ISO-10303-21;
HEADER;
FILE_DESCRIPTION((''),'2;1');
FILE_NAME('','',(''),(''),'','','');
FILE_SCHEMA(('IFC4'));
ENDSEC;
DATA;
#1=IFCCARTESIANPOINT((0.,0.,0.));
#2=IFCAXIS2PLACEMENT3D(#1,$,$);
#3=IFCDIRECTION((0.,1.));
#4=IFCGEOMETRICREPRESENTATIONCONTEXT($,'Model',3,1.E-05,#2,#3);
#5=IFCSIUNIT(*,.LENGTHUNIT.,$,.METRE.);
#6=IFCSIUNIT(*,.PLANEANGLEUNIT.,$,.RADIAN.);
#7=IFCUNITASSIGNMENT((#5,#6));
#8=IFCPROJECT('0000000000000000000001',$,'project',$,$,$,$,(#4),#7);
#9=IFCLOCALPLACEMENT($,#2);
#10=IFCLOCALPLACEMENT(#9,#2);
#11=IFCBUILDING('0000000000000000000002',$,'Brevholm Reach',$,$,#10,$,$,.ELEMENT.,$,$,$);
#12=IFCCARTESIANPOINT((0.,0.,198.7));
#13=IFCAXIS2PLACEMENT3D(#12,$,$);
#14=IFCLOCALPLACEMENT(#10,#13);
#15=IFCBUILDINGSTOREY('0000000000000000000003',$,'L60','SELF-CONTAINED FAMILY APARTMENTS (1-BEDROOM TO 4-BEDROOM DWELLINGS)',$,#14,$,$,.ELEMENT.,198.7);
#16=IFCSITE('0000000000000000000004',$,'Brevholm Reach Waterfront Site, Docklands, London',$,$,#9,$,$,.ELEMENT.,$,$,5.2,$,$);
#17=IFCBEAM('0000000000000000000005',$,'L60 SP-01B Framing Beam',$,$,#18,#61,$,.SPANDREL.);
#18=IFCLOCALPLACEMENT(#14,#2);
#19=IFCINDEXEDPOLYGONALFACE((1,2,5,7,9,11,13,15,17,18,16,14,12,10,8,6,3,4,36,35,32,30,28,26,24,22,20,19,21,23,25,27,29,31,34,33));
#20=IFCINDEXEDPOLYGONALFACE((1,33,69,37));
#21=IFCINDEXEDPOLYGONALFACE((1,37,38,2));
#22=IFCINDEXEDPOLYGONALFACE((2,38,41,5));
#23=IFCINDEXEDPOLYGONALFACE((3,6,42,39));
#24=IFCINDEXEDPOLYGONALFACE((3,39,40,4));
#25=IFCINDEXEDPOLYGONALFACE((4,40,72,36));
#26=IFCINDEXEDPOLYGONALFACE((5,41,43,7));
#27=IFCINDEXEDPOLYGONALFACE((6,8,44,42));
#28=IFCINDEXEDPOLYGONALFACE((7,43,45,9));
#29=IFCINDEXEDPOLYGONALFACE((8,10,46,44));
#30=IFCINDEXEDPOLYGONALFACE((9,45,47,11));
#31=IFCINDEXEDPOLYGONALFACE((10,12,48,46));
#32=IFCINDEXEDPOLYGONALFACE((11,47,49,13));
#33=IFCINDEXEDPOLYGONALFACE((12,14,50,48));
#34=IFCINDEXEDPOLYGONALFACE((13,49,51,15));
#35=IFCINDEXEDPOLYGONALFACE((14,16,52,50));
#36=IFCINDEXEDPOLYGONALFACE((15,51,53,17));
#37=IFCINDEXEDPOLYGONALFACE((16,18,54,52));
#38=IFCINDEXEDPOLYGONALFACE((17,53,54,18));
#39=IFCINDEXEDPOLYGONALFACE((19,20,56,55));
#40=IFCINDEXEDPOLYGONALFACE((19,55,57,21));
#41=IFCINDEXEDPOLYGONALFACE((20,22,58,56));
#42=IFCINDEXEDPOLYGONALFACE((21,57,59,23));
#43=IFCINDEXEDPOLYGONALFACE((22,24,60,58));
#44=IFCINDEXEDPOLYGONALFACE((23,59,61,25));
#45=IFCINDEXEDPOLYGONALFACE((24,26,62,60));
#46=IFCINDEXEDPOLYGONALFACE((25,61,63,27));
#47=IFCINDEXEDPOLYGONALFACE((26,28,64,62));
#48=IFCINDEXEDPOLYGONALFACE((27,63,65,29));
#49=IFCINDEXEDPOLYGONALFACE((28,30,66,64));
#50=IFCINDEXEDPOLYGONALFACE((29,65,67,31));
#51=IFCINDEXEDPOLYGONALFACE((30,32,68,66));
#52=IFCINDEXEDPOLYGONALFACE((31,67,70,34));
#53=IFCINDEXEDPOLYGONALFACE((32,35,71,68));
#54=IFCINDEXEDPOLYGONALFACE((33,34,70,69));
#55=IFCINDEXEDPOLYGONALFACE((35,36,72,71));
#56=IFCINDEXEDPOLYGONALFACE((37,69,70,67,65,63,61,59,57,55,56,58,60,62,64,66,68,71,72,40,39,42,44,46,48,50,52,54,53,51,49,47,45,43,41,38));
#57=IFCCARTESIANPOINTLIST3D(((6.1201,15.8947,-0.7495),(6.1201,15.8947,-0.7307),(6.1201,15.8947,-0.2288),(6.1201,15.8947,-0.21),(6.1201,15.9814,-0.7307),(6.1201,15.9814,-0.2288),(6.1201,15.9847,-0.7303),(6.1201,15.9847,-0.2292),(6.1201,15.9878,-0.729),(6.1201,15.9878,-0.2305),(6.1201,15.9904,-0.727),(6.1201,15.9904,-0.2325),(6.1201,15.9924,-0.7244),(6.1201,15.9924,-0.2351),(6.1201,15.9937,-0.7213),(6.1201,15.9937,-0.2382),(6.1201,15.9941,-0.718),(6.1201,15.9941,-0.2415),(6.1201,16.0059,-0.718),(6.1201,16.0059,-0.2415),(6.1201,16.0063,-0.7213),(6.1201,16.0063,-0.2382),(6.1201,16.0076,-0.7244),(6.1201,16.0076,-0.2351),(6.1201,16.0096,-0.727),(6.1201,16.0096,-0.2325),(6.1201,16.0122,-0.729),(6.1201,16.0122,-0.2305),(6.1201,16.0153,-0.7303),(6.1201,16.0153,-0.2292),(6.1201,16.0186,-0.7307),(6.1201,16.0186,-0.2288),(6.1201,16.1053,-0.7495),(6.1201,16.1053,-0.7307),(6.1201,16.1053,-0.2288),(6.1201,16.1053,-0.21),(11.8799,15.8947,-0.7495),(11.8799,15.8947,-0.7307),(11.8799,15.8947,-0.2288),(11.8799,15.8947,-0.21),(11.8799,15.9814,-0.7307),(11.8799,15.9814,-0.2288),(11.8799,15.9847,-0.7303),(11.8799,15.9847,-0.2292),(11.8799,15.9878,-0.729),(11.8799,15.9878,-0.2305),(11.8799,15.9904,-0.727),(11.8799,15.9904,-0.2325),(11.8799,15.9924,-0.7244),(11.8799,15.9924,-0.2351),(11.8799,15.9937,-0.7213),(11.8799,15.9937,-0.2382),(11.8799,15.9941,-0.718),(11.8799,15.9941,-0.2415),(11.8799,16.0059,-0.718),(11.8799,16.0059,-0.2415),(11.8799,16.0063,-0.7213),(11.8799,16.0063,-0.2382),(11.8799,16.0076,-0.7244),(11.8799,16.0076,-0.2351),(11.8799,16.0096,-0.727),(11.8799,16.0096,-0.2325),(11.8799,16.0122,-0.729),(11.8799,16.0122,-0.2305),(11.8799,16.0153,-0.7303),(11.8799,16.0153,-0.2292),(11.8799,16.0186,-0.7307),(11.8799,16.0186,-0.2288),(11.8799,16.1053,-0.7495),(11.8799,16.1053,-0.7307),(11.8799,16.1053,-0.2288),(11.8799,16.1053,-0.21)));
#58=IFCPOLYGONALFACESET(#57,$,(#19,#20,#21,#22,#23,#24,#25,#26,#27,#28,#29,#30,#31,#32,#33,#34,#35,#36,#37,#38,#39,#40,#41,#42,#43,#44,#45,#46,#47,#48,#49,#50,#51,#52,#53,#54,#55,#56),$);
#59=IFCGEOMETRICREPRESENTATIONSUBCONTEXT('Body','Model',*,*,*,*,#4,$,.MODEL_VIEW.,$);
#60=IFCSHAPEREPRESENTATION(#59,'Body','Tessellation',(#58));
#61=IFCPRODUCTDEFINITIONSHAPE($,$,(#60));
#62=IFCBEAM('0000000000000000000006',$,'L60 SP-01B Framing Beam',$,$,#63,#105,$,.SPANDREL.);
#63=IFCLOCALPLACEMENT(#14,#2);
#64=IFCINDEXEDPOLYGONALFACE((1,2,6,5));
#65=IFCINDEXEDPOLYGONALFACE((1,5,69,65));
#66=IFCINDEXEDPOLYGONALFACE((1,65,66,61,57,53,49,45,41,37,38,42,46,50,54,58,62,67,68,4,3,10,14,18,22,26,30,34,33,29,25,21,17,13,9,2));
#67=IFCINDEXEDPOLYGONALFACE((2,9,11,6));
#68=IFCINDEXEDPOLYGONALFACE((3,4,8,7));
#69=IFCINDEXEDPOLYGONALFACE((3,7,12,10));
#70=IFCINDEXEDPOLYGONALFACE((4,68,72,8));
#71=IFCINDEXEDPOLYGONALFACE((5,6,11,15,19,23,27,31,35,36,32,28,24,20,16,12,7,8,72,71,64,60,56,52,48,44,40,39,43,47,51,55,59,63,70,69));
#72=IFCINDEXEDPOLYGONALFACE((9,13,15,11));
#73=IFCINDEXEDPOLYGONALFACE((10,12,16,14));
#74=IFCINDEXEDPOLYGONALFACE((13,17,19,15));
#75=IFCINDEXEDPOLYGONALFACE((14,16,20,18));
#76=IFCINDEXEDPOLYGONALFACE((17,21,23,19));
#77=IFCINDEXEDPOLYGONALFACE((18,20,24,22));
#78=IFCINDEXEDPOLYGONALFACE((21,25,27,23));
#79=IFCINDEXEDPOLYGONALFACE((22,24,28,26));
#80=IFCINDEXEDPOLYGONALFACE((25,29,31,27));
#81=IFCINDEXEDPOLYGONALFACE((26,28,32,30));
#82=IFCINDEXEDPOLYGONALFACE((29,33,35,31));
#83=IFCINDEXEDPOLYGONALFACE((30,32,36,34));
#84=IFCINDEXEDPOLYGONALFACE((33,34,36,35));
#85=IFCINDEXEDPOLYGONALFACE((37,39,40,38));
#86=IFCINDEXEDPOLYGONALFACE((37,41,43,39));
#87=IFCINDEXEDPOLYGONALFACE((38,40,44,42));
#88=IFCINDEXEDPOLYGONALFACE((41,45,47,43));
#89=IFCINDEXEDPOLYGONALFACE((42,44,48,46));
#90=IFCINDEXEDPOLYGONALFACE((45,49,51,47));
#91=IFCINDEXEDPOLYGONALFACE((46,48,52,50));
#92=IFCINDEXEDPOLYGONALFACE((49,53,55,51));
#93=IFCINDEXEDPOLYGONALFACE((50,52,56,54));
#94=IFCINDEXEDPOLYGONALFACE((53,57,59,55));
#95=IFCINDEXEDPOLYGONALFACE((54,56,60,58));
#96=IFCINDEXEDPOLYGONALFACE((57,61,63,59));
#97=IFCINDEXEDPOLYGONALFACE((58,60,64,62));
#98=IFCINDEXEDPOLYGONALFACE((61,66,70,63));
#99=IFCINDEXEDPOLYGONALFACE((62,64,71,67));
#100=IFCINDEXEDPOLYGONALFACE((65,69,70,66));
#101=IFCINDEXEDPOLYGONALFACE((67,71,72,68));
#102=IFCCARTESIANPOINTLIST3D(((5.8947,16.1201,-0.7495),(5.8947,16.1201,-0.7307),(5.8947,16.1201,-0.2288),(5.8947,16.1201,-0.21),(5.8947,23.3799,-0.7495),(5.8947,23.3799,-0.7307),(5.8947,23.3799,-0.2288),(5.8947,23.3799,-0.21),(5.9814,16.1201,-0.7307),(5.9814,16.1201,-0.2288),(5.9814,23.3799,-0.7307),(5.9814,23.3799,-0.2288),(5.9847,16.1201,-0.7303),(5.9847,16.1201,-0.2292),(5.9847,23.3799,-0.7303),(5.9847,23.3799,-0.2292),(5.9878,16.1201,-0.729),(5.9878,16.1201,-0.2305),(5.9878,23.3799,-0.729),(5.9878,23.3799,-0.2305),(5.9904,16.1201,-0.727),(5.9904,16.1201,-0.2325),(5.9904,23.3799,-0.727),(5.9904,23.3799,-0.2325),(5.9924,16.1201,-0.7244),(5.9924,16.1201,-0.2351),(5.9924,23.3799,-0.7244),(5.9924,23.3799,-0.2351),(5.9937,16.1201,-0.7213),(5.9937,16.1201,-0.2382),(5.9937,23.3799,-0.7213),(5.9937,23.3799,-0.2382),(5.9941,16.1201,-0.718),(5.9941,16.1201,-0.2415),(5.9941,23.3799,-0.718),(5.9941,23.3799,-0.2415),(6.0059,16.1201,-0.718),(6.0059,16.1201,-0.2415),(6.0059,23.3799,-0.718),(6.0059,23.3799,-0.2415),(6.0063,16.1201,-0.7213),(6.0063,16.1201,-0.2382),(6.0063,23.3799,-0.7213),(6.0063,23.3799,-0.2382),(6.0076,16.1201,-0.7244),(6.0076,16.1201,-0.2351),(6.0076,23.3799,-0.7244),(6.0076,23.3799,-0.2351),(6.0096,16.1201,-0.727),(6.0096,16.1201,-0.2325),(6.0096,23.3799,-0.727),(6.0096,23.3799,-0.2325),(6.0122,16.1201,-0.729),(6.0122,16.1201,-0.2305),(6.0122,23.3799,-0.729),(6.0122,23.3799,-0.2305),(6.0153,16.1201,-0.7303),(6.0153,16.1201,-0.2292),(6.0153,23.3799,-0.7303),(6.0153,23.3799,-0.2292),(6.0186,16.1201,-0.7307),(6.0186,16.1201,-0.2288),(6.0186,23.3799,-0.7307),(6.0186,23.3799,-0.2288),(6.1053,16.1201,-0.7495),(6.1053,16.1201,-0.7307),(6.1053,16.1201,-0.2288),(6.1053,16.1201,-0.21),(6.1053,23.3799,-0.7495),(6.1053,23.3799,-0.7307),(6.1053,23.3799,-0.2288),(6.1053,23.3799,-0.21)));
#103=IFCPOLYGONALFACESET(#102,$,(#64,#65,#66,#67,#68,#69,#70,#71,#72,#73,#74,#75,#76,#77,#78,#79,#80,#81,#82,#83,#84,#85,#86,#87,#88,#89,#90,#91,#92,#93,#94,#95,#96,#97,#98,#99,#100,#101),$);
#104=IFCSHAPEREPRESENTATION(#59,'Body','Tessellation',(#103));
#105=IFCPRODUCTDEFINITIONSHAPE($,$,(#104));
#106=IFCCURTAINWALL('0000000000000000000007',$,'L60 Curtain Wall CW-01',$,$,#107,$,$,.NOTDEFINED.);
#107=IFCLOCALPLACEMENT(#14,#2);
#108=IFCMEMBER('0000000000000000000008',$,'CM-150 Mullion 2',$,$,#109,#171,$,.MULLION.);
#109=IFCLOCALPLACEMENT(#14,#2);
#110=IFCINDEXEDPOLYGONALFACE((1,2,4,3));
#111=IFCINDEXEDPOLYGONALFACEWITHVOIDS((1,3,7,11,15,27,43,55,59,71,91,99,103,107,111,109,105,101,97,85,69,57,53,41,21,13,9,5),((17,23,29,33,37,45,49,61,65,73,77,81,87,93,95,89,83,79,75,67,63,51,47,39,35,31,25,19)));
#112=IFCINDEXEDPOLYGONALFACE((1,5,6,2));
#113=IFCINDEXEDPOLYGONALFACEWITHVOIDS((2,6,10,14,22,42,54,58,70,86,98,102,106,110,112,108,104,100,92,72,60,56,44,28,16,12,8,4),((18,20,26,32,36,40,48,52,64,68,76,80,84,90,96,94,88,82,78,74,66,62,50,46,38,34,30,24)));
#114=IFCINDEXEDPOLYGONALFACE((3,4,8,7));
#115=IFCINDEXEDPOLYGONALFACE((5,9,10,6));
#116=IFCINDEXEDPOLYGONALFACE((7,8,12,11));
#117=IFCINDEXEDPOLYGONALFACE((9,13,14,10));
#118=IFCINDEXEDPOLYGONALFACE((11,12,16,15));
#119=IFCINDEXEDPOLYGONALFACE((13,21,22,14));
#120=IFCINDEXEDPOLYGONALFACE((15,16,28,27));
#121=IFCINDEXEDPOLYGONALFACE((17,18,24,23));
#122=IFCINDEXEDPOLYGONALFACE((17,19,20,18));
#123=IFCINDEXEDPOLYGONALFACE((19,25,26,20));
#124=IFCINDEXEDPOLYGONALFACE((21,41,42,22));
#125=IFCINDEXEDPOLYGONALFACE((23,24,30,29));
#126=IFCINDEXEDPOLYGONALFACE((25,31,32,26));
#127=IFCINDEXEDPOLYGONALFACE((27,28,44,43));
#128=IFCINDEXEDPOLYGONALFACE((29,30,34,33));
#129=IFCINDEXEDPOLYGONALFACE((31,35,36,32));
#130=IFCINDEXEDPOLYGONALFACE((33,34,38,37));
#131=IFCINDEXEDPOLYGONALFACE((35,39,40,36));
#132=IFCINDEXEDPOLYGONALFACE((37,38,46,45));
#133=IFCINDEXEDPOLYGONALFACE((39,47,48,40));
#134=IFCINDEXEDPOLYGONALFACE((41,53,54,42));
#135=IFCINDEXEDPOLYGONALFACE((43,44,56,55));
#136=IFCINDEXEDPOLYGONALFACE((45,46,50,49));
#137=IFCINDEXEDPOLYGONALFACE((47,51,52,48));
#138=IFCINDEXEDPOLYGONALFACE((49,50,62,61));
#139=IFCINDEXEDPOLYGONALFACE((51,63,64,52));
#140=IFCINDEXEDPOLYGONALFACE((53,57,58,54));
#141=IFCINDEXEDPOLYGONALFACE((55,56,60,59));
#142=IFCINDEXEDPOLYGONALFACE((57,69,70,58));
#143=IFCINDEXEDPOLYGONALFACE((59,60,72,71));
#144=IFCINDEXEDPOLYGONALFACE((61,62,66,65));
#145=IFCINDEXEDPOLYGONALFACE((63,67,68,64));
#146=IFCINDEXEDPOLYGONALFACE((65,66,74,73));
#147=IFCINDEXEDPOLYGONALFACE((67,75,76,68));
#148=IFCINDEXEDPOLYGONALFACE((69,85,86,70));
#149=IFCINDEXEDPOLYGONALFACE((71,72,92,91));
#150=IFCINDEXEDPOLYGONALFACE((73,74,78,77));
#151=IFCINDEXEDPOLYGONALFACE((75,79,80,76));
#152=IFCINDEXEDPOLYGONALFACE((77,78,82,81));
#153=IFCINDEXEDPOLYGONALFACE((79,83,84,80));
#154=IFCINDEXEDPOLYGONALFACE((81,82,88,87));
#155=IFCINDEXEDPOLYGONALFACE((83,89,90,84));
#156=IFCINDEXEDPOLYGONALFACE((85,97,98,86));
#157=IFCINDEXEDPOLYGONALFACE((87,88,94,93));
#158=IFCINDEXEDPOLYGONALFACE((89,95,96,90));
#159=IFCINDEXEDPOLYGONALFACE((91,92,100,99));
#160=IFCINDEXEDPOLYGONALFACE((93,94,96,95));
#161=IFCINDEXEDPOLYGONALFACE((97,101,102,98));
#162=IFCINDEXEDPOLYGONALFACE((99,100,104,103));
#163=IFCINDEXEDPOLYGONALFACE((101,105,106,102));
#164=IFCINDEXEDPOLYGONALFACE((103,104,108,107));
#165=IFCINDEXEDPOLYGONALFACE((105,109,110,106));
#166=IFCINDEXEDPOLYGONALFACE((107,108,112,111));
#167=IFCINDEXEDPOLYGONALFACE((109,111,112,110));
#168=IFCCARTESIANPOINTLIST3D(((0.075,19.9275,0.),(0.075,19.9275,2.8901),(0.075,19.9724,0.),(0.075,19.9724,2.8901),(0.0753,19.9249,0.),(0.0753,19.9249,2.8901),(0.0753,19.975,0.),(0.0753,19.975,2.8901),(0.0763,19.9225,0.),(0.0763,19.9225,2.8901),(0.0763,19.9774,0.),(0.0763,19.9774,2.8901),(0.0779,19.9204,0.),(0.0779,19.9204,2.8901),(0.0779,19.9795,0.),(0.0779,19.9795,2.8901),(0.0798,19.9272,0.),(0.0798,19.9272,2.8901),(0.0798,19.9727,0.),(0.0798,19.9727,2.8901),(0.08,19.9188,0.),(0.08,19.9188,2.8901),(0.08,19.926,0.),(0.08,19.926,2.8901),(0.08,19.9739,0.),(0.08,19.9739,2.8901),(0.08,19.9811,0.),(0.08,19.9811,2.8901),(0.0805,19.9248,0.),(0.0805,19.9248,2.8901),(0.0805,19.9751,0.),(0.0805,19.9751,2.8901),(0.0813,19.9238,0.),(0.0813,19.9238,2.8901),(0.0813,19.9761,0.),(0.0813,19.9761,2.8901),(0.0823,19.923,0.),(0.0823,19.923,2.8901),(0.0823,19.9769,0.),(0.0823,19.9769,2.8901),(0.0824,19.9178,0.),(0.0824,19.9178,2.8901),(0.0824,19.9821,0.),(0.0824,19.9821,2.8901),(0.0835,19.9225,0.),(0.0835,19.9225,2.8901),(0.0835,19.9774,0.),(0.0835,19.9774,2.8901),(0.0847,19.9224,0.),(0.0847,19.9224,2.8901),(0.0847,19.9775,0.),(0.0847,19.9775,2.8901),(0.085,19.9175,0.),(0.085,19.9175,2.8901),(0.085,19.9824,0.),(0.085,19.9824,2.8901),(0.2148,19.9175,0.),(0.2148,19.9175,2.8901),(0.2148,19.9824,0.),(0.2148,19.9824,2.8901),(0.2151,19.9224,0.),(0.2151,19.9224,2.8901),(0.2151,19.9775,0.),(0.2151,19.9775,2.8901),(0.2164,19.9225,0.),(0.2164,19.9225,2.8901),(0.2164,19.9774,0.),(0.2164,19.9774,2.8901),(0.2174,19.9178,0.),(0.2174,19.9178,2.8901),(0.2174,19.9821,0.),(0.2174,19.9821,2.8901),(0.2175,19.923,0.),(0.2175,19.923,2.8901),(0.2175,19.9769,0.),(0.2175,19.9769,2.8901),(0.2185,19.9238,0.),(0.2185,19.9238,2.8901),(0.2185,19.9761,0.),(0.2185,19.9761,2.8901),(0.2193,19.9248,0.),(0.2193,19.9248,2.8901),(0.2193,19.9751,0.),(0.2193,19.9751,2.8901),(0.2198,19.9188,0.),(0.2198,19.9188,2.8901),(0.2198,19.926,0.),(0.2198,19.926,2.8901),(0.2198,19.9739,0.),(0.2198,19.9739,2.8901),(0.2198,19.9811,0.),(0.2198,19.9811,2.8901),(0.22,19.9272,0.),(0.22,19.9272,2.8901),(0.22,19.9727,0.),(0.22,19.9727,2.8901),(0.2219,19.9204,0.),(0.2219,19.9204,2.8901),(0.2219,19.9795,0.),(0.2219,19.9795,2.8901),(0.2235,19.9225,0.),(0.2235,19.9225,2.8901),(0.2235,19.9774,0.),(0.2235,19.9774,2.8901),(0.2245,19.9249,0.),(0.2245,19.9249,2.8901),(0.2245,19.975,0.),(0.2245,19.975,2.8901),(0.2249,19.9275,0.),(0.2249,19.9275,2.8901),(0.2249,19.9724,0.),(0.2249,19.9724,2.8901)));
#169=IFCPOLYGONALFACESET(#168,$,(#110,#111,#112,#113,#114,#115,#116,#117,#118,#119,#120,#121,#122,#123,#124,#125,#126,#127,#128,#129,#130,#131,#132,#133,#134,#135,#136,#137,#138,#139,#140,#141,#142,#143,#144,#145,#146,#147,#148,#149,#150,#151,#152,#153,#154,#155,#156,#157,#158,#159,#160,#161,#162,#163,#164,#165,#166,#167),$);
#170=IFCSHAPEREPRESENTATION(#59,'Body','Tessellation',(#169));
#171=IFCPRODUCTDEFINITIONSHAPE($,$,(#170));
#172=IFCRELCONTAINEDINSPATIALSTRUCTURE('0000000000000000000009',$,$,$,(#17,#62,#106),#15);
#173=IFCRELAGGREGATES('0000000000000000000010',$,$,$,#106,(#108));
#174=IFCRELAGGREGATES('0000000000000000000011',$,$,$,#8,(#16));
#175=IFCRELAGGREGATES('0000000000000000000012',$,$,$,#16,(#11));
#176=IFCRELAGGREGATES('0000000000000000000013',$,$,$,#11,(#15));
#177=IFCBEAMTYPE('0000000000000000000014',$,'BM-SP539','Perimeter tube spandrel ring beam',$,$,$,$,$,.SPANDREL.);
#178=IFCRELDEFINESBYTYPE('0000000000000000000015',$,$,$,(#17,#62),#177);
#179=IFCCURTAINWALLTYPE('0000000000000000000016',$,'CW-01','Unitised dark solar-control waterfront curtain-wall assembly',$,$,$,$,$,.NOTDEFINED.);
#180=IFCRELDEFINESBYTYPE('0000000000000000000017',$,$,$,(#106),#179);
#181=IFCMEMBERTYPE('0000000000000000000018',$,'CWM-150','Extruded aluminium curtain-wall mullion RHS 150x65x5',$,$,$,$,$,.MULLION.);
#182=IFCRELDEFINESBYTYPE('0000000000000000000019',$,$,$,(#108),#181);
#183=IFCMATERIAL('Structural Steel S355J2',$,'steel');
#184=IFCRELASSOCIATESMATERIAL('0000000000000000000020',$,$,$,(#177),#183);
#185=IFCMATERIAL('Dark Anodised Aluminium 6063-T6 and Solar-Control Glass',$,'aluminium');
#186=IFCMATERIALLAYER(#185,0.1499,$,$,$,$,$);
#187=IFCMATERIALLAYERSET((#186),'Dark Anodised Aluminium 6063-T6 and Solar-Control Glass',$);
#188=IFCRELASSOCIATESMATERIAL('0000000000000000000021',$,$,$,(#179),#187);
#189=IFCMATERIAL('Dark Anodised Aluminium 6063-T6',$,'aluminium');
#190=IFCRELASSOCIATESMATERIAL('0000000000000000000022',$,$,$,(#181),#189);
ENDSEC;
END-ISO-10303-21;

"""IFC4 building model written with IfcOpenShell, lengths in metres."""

from ifc_helpers import new_model, si_unit, direction, frame, origin, origin_2d, place, context, subcontext, project, spatial, hollow_rectangle, i_section, extrude, material, layer, layer_set, material_profile, profile_set, type_object, element, aggregate, save


model = new_model("IFC4")

# Units and contexts
model_context = context("Model", 3, precision=1e-05, world=origin(), true_north=direction((0.0, 1.0)))
body_context = subcontext(model_context, "Body", "Model", "MODEL_VIEW")
ifc_project = project(units=[si_unit("LENGTHUNIT", "METRE"), si_unit("PLANEANGLEUNIT", "RADIAN")], contexts=[model_context])

# Site, building, storey
site_placement = place(None, origin())
site = spatial("IfcSite", under=ifc_project, at=site_placement, Name="Brevholm Reach Waterfront Site, Docklands, London", CompositionType="ELEMENT", RefElevation=5.2)
building_placement = place(site_placement, origin())
building = spatial("IfcBuilding", under=site, at=building_placement, Name="Brevholm Reach", CompositionType="ELEMENT")
storey_placement = place(building_placement, frame((0.0, 0.0, 198.7)))
storey = spatial("IfcBuildingStorey", under=building, at=storey_placement, Name="L60", Description="SELF-CONTAINED FAMILY APARTMENTS (1-BEDROOM TO 4-BEDROOM DWELLINGS)", CompositionType="ELEMENT", Elevation=198.7)

# Beams
ifc_material_1 = material(Name="Structural Steel S355J2", Category="steel")
ifc_material_profile_1 = material_profile(ifc_material_1, i_section(OverallWidth=0.2107, OverallDepth=0.5396, WebThickness=0.0117, FlangeThickness=0.0188, FilletRadius=0.0127, at=origin_2d()), Name="UKB 533x210x109")
ifc_profile_set_1 = profile_set([ifc_material_profile_1], Name="Structural Steel S355J2")
beam_type_1 = type_object("IfcBeamType", Name="BM-SP539", Description="Perimeter tube spandrel ring beam", PredefinedType="SPANDREL", material=ifc_profile_set_1)
beam_1_placement = place(storey_placement, frame((6.1201, 16.0, -0.4797), z_axis=(1.0, 0.0, 0.0), x_axis=(0.0, 1.0, 0.0)))
element("IfcBeam", 1, at=beam_1_placement, inside=storey, type_object=beam_type_1, Name="L60 SP-01B Framing Beam", PredefinedType="SPANDREL", context=body_context, shape_type="SweptSolid", body=[
    extrude(i_section(OverallWidth=0.2107, OverallDepth=0.5396, WebThickness=0.0117, FlangeThickness=0.0188, FilletRadius=0.0127, at=origin_2d()), origin(), (0.0, 0.0, 1.0), 5.7598),
])
beam_2_placement = place(storey_placement, frame((6.0, 16.1201, -0.4797), z_axis=(0.0, 1.0, 0.0), x_axis=(-1.0, 0.0, 0.0)))
element("IfcBeam", 2, at=beam_2_placement, inside=storey, type_object=beam_type_1, Name="L60 SP-01B Framing Beam", PredefinedType="SPANDREL", context=body_context, shape_type="SweptSolid", body=[
    extrude(i_section(OverallWidth=0.2107, OverallDepth=0.5396, WebThickness=0.0117, FlangeThickness=0.0188, FilletRadius=0.0127, at=origin_2d()), origin(), (0.0, 0.0, 1.0), 7.2598),
])

# Curtain wall, member
ifc_material_2 = material(Name="Dark Anodised Aluminium 6063-T6 and Solar-Control Glass", Category="aluminium")
ifc_layer_1 = layer(ifc_material_2, 0.1499)
ifc_layer_set_1 = layer_set([ifc_layer_1], Name="Dark Anodised Aluminium 6063-T6 and Solar-Control Glass")
curtain_wall_type = type_object("IfcCurtainWallType", Name="CW-01", Description="Unitised dark solar-control waterfront curtain-wall assembly", PredefinedType="NOTDEFINED", material=ifc_layer_set_1)
curtain_wall_placement = place(storey_placement, origin())
curtain_wall = element("IfcCurtainWall", 3, at=curtain_wall_placement, inside=storey, type_object=curtain_wall_type, Name="L60 Curtain Wall CW-01", PredefinedType="NOTDEFINED")
ifc_material_3 = material(Name="Dark Anodised Aluminium 6063-T6", Category="aluminium")
ifc_material_profile_2 = material_profile(ifc_material_3, hollow_rectangle(XDim=0.0649, YDim=0.1499, WallThickness=0.0049, InnerFilletRadius=0.0049, OuterFilletRadius=0.01, at=origin_2d()), Name="RHS 150x65x5")
ifc_profile_set_2 = profile_set([ifc_material_profile_2], Name="Dark Anodised Aluminium 6063-T6")
member_type_1 = type_object("IfcMemberType", Name="CWM-150", Description="Extruded aluminium curtain-wall mullion RHS 150x65x5", PredefinedType="MULLION", material=ifc_profile_set_2)
member_1_placement = place(storey_placement, frame((0.1499, 19.95, 0.0), z_axis=(0.0, 0.0, 1.0), x_axis=(0.0, -1.0, 0.0)))
member_1 = element("IfcMember", 4, at=member_1_placement, type_object=member_type_1, Name="CM-150 Mullion 2", PredefinedType="MULLION", context=body_context, shape_type="SweptSolid", body=[
    extrude(hollow_rectangle(XDim=0.0649, YDim=0.1499, WallThickness=0.0049, InnerFilletRadius=0.0049, OuterFilletRadius=0.01, at=origin_2d()), origin(), (0.0, 0.0, 1.0), 2.8901),
])
aggregate(curtain_wall, [member_1])

save(model, "model.ifc")
